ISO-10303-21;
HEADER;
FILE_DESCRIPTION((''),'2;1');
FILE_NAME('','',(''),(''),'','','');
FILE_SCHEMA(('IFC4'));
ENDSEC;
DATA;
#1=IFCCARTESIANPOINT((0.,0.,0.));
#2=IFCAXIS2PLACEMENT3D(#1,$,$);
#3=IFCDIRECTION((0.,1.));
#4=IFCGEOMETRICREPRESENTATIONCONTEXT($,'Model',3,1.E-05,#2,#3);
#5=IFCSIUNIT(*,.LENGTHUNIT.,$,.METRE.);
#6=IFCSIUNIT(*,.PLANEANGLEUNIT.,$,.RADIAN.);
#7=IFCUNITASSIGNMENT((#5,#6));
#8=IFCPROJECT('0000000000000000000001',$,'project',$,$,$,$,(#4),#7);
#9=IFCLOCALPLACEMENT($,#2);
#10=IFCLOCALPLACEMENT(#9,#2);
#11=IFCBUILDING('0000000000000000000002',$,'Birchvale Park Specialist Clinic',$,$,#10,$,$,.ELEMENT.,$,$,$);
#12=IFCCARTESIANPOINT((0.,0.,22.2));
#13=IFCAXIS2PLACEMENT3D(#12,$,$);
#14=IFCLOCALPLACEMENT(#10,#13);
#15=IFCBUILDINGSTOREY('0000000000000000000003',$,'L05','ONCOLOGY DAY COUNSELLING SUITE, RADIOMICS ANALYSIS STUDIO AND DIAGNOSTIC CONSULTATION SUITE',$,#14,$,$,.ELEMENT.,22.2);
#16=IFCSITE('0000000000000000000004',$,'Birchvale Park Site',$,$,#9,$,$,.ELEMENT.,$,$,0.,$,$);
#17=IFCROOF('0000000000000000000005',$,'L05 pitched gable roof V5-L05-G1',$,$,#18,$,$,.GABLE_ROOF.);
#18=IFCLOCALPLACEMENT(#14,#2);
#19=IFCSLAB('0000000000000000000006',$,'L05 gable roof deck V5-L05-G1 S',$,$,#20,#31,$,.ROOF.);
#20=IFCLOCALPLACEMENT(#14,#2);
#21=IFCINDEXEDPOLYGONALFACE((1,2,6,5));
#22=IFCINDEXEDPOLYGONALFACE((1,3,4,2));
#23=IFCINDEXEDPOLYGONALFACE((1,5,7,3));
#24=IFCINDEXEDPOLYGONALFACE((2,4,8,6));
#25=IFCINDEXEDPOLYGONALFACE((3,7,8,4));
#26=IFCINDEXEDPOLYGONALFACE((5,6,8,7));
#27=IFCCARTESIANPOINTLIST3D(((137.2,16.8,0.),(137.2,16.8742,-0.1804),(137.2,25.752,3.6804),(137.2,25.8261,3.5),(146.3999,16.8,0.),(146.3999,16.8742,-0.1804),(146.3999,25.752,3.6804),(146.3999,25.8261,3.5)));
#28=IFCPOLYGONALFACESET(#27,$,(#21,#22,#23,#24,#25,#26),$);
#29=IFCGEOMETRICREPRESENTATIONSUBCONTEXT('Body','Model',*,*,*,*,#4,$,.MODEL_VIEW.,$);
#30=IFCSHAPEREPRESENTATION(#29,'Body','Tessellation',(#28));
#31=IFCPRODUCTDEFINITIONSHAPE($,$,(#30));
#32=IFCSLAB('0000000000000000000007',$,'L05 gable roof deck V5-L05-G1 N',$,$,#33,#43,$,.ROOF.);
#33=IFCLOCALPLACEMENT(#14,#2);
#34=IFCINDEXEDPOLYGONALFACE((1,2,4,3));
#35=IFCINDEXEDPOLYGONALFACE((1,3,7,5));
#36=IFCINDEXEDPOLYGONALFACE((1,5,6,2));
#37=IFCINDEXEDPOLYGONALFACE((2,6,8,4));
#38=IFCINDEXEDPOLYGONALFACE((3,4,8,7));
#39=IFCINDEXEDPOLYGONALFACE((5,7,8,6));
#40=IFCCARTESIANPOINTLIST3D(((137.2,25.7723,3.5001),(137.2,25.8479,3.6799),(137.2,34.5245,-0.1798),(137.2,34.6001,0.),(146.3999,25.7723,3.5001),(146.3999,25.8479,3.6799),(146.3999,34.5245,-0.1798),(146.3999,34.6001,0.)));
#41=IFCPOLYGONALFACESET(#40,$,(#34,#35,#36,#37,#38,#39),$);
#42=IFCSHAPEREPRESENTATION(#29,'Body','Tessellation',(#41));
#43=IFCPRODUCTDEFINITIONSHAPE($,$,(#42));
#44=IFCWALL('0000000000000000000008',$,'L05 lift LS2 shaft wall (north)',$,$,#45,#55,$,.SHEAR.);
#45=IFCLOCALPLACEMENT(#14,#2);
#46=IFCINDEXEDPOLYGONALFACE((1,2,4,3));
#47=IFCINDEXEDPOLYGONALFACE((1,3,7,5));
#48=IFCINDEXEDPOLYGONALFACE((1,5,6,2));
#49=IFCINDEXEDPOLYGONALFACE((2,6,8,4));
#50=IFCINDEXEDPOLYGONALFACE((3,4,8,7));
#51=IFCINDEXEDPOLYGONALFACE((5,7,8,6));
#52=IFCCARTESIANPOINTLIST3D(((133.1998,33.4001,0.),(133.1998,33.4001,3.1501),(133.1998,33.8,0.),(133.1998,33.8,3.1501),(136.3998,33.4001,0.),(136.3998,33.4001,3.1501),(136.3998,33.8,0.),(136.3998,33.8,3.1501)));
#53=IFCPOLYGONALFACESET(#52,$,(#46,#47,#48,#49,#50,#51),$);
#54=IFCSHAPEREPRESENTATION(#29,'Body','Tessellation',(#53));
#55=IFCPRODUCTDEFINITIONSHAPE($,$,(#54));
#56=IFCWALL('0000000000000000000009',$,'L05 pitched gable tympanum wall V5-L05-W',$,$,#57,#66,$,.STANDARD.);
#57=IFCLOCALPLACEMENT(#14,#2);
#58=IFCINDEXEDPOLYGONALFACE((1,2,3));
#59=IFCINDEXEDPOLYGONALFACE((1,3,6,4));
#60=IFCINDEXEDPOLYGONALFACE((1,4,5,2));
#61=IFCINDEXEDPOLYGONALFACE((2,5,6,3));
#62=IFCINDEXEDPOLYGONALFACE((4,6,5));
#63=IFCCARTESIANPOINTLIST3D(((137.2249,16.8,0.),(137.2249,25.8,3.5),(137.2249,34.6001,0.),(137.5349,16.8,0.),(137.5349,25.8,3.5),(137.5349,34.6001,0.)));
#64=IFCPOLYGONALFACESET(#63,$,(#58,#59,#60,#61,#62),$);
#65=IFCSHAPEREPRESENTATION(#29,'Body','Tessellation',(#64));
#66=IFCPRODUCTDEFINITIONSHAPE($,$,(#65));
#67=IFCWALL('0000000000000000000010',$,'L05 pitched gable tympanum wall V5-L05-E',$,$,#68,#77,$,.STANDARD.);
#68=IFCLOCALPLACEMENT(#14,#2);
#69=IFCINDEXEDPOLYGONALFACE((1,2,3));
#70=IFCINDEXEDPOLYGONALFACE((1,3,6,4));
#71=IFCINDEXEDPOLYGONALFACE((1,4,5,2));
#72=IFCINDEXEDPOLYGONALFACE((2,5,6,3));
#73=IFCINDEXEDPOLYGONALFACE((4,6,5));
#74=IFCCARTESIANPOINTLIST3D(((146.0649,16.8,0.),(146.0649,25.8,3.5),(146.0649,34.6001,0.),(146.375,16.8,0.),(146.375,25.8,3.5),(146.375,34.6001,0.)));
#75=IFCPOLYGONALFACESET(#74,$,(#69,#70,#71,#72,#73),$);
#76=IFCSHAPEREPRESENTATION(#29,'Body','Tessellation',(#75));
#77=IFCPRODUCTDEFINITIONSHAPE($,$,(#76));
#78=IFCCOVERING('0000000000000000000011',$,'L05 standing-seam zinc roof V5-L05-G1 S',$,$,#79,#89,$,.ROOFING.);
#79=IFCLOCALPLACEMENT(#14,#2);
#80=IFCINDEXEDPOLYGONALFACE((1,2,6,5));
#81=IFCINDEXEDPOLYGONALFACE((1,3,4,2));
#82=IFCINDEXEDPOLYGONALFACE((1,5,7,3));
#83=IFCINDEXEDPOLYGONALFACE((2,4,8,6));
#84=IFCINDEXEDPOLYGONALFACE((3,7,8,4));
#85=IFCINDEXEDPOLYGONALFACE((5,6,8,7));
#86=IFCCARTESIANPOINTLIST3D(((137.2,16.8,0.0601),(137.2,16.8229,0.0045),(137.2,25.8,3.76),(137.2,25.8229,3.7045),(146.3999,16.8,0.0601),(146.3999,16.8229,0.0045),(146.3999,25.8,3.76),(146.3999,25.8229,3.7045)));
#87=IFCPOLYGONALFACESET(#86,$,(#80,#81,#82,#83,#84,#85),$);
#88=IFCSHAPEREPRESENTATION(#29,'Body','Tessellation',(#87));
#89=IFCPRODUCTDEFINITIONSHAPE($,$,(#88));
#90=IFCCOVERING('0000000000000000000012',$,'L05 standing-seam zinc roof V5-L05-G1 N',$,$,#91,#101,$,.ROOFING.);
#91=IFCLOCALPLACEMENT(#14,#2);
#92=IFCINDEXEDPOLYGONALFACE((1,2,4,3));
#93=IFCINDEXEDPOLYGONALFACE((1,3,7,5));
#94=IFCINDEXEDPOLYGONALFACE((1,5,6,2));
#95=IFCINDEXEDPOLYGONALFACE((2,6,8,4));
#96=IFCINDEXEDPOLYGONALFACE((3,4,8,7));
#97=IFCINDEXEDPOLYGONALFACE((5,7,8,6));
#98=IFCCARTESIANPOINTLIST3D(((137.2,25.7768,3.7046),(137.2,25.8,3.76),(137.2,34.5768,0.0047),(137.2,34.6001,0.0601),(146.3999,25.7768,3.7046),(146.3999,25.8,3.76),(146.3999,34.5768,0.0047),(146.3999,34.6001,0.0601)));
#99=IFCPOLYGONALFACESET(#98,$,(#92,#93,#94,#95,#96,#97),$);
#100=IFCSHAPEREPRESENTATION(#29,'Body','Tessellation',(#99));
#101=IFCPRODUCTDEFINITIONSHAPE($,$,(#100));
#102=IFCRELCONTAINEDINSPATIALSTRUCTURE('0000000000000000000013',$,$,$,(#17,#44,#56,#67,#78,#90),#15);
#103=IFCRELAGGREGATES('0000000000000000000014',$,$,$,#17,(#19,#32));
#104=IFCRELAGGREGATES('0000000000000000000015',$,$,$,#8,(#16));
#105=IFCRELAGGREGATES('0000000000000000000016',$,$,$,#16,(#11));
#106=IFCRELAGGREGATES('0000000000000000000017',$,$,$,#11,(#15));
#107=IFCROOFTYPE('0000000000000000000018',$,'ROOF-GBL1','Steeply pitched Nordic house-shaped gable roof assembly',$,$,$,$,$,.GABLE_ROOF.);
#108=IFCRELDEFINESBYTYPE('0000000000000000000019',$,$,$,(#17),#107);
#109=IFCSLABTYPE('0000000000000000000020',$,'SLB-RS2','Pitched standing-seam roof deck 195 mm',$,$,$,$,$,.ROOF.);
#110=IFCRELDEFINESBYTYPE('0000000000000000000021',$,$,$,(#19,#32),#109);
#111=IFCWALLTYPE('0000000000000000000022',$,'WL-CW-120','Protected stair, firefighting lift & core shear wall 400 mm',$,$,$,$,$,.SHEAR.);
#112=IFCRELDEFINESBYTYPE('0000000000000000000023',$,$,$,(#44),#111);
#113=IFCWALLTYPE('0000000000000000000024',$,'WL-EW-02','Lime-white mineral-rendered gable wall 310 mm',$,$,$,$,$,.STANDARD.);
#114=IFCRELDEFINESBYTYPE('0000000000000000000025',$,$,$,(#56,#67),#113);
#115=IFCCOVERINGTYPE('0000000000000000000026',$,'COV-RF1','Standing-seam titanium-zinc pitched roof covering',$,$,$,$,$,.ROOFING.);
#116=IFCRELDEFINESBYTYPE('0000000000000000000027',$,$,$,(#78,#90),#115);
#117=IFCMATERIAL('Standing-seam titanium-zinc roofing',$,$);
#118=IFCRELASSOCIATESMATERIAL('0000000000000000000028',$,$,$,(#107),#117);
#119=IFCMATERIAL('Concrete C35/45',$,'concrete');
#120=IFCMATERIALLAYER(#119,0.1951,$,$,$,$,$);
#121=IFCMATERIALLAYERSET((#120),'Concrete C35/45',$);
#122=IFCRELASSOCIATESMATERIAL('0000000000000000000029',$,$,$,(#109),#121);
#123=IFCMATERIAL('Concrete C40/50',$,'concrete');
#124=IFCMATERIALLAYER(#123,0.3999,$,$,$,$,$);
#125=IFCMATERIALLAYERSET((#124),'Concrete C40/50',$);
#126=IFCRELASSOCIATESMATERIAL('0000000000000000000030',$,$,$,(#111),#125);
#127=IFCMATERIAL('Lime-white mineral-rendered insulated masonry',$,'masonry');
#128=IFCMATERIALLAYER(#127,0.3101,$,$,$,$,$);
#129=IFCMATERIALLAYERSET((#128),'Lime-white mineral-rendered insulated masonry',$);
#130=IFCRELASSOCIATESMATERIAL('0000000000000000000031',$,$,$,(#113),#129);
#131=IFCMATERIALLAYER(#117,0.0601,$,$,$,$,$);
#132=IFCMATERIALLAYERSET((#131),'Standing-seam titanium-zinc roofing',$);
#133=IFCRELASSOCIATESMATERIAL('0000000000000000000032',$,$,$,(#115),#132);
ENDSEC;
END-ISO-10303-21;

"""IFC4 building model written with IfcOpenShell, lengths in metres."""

from ifc_helpers import new_model, si_unit, direction, frame, frame_2d, origin, place, context, subcontext, project, spatial, polyline, rectangle, outline, extrude, material, layer, layer_set, type_object, element, aggregate, save


model = new_model("IFC4")

# Units and contexts
model_context = context("Model", 3, precision=1e-05, world=origin(), true_north=direction((0.0, 1.0)))
body_context = subcontext(model_context, "Body", "Model", "MODEL_VIEW")
ifc_project = project(units=[si_unit("LENGTHUNIT", "METRE"), si_unit("PLANEANGLEUNIT", "RADIAN")], contexts=[model_context])

# Site, building, storey
site_placement = place(None, origin())
site = spatial("IfcSite", under=ifc_project, at=site_placement, Name="Birchvale Park Site", CompositionType="ELEMENT", RefElevation=0.0)
building_placement = place(site_placement, origin())
building = spatial("IfcBuilding", under=site, at=building_placement, Name="Birchvale Park Specialist Clinic", CompositionType="ELEMENT")
storey_placement = place(building_placement, frame((0.0, 0.0, 22.2)))
storey = spatial("IfcBuildingStorey", under=building, at=storey_placement, Name="L05", Description="ONCOLOGY DAY COUNSELLING SUITE, RADIOMICS ANALYSIS STUDIO AND DIAGNOSTIC CONSULTATION SUITE", CompositionType="ELEMENT", Elevation=22.2)

# Shared definitions
ifc_material_1 = material(Name="Concrete C40/50", Category="concrete")

# Roof, slabs
ifc_material_2 = material(Name="Standing-seam titanium-zinc roofing")
roof_type = type_object("IfcRoofType", Name="ROOF-GBL1", Description="Steeply pitched Nordic house-shaped gable roof assembly", PredefinedType="GABLE_ROOF", material=ifc_material_2)
roof_placement = place(storey_placement, origin())
roof = element("IfcRoof", 1, at=roof_placement, inside=storey, type_object=roof_type, Name="L05 pitched gable roof V5-L05-G1", PredefinedType="GABLE_ROOF")
ifc_material_3 = material(Name="Concrete C35/45", Category="concrete")
ifc_layer_1 = layer(ifc_material_3, 0.1951)
ifc_layer_set_1 = layer_set([ifc_layer_1], Name="Concrete C35/45")
slab_type = type_object("IfcSlabType", Name="SLB-RS2", Description="Pitched standing-seam roof deck 195 mm", PredefinedType="ROOF", material=ifc_layer_set_1)
slab_1_placement = place(storey_placement, frame((137.2, 16.8, 0.0), z_axis=(0.0, -0.38025, 0.924884), x_axis=(1.0, 0.0, 0.0)))
slab_1 = element("IfcSlab", 2, at=slab_1_placement, type_object=slab_type, Name="L05 gable roof deck V5-L05-G1 S", PredefinedType="ROOF", context=body_context, shape_type="SweptSolid", body=[
    extrude(outline(polyline([(0.0, 0.0), (9.2, 0.0), (9.2, 9.679), (0.0, 9.679), (0.0, 0.0)])), origin(), (0.0, 0.0, -1.0), 0.1951),
])
slab_2_placement = place(storey_placement, frame((137.2, 25.8479, 3.6799), z_axis=(0.0, 0.387591, 0.921831), x_axis=(1.0, 0.0, 0.0)))
slab_2 = element("IfcSlab", 3, at=slab_2_placement, type_object=slab_type, Name="L05 gable roof deck V5-L05-G1 N", PredefinedType="ROOF", context=body_context, shape_type="SweptSolid", body=[
    extrude(outline(polyline([(0.0, 0.0), (9.2, 0.0), (9.2, 9.4944), (0.0, 9.4944), (0.0, 0.0)])), origin(), (0.0, 0.0, -1.0), 0.1951),
])
aggregate(roof, [slab_1, slab_2])

# Walls
ifc_layer_2 = layer(ifc_material_1, 0.3999)
ifc_layer_set_2 = layer_set([ifc_layer_2], Name="Concrete C40/50")
wall_type_1 = type_object("IfcWallType", Name="WL-CW-120", Description="Protected stair, firefighting lift & core shear wall 400 mm", PredefinedType="SHEAR", material=ifc_layer_set_2)
wall_placement = place(storey_placement, frame((136.3999, 33.6001, 0.0), z_axis=(0.0, 0.0, 1.0), x_axis=(-1.0, 0.0, 0.0)))
element("IfcWall", 4, at=wall_placement, inside=storey, type_object=wall_type_1, Name="L05 lift LS2 shaft wall (north)", PredefinedType="SHEAR", context=body_context, shape_type="SweptSolid", body=[
    extrude(rectangle(XDim=3.2, YDim=0.3999, at=frame_2d((1.6001, 0.0))), origin(), (0.0, 0.0, 1.0), 3.1501),
])
ifc_material_4 = material(Name="Lime-white mineral-rendered insulated masonry", Category="masonry")
ifc_layer_3 = layer(ifc_material_4, 0.3101)
ifc_layer_set_3 = layer_set([ifc_layer_3], Name="Lime-white mineral-rendered insulated masonry")
wall_type_2 = type_object("IfcWallType", Name="WL-EW-02", Description="Lime-white mineral-rendered gable wall 310 mm", PredefinedType="STANDARD", material=ifc_layer_set_3)
for number, where, z_axis, x_axis, name in (
    (5, (137.3799, 16.8, 0.0), (0.0, 0.0, 1.0), (0.0, 1.0, 0.0), "L05 pitched gable tympanum wall V5-L05-W"),
    (6, (146.22, 16.8, 0.0), (0.0, 0.0, 1.0), (0.0, 1.0, 0.0), "L05 pitched gable tympanum wall V5-L05-E"),
):
    element("IfcWall", number, at=place(storey_placement, frame(where, z_axis=z_axis, x_axis=x_axis)), inside=storey, type_object=wall_type_2, Name=name, PredefinedType="STANDARD", context=body_context, shape_type="SweptSolid", body=[
        extrude(outline(polyline([(0.0, 0.0), (17.8, 0.0), (17.8, 0.0), (9.0, 3.5), (0.0, 0.0), (0.0, 0.0)])), frame((0.0, 0.155, 0.0), z_axis=(0.0, -1.0, 0.0), x_axis=(1.0, 0.0, 0.0)), (0.0, 0.0, 1.0), 0.3101),
    ])

# Coverings
ifc_layer_4 = layer(ifc_material_2, 0.0601)
ifc_layer_set_4 = layer_set([ifc_layer_4], Name="Standing-seam titanium-zinc roofing")
covering_type = type_object("IfcCoveringType", Name="COV-RF1", Description="Standing-seam titanium-zinc pitched roof covering", PredefinedType="ROOFING", material=ifc_layer_set_4)
covering_1_placement = place(storey_placement, frame((137.2, 16.8, 0.0601), z_axis=(0.0, -0.380229, 0.924893), x_axis=(1.0, 0.0, 0.0)))
element("IfcCovering", 7, at=covering_1_placement, inside=storey, type_object=covering_type, Name="L05 standing-seam zinc roof V5-L05-G1 S", PredefinedType="ROOFING", context=body_context, shape_type="SweptSolid", body=[
    extrude(outline(polyline([(0.0, 0.0), (9.2, 0.0), (9.2, 9.7309), (0.0, 9.7309), (0.0, 0.0)])), origin(), (0.0, 0.0, -1.0), 0.0601),
])
covering_2_placement = place(storey_placement, frame((137.2, 25.8, 3.76), z_axis=(0.0, 0.387582, 0.921835), x_axis=(1.0, 0.0, 0.0)))
element("IfcCovering", 8, at=covering_2_placement, inside=storey, type_object=covering_type, Name="L05 standing-seam zinc roof V5-L05-G1 N", PredefinedType="ROOFING", context=body_context, shape_type="SweptSolid", body=[
    extrude(outline(polyline([(0.0, 0.0), (9.2, 0.0), (9.2, 9.5462), (0.0, 9.5462), (0.0, 0.0)])), origin(), (0.0, 0.0, -1.0), 0.0601),
])

save(model, "model.ifc")
